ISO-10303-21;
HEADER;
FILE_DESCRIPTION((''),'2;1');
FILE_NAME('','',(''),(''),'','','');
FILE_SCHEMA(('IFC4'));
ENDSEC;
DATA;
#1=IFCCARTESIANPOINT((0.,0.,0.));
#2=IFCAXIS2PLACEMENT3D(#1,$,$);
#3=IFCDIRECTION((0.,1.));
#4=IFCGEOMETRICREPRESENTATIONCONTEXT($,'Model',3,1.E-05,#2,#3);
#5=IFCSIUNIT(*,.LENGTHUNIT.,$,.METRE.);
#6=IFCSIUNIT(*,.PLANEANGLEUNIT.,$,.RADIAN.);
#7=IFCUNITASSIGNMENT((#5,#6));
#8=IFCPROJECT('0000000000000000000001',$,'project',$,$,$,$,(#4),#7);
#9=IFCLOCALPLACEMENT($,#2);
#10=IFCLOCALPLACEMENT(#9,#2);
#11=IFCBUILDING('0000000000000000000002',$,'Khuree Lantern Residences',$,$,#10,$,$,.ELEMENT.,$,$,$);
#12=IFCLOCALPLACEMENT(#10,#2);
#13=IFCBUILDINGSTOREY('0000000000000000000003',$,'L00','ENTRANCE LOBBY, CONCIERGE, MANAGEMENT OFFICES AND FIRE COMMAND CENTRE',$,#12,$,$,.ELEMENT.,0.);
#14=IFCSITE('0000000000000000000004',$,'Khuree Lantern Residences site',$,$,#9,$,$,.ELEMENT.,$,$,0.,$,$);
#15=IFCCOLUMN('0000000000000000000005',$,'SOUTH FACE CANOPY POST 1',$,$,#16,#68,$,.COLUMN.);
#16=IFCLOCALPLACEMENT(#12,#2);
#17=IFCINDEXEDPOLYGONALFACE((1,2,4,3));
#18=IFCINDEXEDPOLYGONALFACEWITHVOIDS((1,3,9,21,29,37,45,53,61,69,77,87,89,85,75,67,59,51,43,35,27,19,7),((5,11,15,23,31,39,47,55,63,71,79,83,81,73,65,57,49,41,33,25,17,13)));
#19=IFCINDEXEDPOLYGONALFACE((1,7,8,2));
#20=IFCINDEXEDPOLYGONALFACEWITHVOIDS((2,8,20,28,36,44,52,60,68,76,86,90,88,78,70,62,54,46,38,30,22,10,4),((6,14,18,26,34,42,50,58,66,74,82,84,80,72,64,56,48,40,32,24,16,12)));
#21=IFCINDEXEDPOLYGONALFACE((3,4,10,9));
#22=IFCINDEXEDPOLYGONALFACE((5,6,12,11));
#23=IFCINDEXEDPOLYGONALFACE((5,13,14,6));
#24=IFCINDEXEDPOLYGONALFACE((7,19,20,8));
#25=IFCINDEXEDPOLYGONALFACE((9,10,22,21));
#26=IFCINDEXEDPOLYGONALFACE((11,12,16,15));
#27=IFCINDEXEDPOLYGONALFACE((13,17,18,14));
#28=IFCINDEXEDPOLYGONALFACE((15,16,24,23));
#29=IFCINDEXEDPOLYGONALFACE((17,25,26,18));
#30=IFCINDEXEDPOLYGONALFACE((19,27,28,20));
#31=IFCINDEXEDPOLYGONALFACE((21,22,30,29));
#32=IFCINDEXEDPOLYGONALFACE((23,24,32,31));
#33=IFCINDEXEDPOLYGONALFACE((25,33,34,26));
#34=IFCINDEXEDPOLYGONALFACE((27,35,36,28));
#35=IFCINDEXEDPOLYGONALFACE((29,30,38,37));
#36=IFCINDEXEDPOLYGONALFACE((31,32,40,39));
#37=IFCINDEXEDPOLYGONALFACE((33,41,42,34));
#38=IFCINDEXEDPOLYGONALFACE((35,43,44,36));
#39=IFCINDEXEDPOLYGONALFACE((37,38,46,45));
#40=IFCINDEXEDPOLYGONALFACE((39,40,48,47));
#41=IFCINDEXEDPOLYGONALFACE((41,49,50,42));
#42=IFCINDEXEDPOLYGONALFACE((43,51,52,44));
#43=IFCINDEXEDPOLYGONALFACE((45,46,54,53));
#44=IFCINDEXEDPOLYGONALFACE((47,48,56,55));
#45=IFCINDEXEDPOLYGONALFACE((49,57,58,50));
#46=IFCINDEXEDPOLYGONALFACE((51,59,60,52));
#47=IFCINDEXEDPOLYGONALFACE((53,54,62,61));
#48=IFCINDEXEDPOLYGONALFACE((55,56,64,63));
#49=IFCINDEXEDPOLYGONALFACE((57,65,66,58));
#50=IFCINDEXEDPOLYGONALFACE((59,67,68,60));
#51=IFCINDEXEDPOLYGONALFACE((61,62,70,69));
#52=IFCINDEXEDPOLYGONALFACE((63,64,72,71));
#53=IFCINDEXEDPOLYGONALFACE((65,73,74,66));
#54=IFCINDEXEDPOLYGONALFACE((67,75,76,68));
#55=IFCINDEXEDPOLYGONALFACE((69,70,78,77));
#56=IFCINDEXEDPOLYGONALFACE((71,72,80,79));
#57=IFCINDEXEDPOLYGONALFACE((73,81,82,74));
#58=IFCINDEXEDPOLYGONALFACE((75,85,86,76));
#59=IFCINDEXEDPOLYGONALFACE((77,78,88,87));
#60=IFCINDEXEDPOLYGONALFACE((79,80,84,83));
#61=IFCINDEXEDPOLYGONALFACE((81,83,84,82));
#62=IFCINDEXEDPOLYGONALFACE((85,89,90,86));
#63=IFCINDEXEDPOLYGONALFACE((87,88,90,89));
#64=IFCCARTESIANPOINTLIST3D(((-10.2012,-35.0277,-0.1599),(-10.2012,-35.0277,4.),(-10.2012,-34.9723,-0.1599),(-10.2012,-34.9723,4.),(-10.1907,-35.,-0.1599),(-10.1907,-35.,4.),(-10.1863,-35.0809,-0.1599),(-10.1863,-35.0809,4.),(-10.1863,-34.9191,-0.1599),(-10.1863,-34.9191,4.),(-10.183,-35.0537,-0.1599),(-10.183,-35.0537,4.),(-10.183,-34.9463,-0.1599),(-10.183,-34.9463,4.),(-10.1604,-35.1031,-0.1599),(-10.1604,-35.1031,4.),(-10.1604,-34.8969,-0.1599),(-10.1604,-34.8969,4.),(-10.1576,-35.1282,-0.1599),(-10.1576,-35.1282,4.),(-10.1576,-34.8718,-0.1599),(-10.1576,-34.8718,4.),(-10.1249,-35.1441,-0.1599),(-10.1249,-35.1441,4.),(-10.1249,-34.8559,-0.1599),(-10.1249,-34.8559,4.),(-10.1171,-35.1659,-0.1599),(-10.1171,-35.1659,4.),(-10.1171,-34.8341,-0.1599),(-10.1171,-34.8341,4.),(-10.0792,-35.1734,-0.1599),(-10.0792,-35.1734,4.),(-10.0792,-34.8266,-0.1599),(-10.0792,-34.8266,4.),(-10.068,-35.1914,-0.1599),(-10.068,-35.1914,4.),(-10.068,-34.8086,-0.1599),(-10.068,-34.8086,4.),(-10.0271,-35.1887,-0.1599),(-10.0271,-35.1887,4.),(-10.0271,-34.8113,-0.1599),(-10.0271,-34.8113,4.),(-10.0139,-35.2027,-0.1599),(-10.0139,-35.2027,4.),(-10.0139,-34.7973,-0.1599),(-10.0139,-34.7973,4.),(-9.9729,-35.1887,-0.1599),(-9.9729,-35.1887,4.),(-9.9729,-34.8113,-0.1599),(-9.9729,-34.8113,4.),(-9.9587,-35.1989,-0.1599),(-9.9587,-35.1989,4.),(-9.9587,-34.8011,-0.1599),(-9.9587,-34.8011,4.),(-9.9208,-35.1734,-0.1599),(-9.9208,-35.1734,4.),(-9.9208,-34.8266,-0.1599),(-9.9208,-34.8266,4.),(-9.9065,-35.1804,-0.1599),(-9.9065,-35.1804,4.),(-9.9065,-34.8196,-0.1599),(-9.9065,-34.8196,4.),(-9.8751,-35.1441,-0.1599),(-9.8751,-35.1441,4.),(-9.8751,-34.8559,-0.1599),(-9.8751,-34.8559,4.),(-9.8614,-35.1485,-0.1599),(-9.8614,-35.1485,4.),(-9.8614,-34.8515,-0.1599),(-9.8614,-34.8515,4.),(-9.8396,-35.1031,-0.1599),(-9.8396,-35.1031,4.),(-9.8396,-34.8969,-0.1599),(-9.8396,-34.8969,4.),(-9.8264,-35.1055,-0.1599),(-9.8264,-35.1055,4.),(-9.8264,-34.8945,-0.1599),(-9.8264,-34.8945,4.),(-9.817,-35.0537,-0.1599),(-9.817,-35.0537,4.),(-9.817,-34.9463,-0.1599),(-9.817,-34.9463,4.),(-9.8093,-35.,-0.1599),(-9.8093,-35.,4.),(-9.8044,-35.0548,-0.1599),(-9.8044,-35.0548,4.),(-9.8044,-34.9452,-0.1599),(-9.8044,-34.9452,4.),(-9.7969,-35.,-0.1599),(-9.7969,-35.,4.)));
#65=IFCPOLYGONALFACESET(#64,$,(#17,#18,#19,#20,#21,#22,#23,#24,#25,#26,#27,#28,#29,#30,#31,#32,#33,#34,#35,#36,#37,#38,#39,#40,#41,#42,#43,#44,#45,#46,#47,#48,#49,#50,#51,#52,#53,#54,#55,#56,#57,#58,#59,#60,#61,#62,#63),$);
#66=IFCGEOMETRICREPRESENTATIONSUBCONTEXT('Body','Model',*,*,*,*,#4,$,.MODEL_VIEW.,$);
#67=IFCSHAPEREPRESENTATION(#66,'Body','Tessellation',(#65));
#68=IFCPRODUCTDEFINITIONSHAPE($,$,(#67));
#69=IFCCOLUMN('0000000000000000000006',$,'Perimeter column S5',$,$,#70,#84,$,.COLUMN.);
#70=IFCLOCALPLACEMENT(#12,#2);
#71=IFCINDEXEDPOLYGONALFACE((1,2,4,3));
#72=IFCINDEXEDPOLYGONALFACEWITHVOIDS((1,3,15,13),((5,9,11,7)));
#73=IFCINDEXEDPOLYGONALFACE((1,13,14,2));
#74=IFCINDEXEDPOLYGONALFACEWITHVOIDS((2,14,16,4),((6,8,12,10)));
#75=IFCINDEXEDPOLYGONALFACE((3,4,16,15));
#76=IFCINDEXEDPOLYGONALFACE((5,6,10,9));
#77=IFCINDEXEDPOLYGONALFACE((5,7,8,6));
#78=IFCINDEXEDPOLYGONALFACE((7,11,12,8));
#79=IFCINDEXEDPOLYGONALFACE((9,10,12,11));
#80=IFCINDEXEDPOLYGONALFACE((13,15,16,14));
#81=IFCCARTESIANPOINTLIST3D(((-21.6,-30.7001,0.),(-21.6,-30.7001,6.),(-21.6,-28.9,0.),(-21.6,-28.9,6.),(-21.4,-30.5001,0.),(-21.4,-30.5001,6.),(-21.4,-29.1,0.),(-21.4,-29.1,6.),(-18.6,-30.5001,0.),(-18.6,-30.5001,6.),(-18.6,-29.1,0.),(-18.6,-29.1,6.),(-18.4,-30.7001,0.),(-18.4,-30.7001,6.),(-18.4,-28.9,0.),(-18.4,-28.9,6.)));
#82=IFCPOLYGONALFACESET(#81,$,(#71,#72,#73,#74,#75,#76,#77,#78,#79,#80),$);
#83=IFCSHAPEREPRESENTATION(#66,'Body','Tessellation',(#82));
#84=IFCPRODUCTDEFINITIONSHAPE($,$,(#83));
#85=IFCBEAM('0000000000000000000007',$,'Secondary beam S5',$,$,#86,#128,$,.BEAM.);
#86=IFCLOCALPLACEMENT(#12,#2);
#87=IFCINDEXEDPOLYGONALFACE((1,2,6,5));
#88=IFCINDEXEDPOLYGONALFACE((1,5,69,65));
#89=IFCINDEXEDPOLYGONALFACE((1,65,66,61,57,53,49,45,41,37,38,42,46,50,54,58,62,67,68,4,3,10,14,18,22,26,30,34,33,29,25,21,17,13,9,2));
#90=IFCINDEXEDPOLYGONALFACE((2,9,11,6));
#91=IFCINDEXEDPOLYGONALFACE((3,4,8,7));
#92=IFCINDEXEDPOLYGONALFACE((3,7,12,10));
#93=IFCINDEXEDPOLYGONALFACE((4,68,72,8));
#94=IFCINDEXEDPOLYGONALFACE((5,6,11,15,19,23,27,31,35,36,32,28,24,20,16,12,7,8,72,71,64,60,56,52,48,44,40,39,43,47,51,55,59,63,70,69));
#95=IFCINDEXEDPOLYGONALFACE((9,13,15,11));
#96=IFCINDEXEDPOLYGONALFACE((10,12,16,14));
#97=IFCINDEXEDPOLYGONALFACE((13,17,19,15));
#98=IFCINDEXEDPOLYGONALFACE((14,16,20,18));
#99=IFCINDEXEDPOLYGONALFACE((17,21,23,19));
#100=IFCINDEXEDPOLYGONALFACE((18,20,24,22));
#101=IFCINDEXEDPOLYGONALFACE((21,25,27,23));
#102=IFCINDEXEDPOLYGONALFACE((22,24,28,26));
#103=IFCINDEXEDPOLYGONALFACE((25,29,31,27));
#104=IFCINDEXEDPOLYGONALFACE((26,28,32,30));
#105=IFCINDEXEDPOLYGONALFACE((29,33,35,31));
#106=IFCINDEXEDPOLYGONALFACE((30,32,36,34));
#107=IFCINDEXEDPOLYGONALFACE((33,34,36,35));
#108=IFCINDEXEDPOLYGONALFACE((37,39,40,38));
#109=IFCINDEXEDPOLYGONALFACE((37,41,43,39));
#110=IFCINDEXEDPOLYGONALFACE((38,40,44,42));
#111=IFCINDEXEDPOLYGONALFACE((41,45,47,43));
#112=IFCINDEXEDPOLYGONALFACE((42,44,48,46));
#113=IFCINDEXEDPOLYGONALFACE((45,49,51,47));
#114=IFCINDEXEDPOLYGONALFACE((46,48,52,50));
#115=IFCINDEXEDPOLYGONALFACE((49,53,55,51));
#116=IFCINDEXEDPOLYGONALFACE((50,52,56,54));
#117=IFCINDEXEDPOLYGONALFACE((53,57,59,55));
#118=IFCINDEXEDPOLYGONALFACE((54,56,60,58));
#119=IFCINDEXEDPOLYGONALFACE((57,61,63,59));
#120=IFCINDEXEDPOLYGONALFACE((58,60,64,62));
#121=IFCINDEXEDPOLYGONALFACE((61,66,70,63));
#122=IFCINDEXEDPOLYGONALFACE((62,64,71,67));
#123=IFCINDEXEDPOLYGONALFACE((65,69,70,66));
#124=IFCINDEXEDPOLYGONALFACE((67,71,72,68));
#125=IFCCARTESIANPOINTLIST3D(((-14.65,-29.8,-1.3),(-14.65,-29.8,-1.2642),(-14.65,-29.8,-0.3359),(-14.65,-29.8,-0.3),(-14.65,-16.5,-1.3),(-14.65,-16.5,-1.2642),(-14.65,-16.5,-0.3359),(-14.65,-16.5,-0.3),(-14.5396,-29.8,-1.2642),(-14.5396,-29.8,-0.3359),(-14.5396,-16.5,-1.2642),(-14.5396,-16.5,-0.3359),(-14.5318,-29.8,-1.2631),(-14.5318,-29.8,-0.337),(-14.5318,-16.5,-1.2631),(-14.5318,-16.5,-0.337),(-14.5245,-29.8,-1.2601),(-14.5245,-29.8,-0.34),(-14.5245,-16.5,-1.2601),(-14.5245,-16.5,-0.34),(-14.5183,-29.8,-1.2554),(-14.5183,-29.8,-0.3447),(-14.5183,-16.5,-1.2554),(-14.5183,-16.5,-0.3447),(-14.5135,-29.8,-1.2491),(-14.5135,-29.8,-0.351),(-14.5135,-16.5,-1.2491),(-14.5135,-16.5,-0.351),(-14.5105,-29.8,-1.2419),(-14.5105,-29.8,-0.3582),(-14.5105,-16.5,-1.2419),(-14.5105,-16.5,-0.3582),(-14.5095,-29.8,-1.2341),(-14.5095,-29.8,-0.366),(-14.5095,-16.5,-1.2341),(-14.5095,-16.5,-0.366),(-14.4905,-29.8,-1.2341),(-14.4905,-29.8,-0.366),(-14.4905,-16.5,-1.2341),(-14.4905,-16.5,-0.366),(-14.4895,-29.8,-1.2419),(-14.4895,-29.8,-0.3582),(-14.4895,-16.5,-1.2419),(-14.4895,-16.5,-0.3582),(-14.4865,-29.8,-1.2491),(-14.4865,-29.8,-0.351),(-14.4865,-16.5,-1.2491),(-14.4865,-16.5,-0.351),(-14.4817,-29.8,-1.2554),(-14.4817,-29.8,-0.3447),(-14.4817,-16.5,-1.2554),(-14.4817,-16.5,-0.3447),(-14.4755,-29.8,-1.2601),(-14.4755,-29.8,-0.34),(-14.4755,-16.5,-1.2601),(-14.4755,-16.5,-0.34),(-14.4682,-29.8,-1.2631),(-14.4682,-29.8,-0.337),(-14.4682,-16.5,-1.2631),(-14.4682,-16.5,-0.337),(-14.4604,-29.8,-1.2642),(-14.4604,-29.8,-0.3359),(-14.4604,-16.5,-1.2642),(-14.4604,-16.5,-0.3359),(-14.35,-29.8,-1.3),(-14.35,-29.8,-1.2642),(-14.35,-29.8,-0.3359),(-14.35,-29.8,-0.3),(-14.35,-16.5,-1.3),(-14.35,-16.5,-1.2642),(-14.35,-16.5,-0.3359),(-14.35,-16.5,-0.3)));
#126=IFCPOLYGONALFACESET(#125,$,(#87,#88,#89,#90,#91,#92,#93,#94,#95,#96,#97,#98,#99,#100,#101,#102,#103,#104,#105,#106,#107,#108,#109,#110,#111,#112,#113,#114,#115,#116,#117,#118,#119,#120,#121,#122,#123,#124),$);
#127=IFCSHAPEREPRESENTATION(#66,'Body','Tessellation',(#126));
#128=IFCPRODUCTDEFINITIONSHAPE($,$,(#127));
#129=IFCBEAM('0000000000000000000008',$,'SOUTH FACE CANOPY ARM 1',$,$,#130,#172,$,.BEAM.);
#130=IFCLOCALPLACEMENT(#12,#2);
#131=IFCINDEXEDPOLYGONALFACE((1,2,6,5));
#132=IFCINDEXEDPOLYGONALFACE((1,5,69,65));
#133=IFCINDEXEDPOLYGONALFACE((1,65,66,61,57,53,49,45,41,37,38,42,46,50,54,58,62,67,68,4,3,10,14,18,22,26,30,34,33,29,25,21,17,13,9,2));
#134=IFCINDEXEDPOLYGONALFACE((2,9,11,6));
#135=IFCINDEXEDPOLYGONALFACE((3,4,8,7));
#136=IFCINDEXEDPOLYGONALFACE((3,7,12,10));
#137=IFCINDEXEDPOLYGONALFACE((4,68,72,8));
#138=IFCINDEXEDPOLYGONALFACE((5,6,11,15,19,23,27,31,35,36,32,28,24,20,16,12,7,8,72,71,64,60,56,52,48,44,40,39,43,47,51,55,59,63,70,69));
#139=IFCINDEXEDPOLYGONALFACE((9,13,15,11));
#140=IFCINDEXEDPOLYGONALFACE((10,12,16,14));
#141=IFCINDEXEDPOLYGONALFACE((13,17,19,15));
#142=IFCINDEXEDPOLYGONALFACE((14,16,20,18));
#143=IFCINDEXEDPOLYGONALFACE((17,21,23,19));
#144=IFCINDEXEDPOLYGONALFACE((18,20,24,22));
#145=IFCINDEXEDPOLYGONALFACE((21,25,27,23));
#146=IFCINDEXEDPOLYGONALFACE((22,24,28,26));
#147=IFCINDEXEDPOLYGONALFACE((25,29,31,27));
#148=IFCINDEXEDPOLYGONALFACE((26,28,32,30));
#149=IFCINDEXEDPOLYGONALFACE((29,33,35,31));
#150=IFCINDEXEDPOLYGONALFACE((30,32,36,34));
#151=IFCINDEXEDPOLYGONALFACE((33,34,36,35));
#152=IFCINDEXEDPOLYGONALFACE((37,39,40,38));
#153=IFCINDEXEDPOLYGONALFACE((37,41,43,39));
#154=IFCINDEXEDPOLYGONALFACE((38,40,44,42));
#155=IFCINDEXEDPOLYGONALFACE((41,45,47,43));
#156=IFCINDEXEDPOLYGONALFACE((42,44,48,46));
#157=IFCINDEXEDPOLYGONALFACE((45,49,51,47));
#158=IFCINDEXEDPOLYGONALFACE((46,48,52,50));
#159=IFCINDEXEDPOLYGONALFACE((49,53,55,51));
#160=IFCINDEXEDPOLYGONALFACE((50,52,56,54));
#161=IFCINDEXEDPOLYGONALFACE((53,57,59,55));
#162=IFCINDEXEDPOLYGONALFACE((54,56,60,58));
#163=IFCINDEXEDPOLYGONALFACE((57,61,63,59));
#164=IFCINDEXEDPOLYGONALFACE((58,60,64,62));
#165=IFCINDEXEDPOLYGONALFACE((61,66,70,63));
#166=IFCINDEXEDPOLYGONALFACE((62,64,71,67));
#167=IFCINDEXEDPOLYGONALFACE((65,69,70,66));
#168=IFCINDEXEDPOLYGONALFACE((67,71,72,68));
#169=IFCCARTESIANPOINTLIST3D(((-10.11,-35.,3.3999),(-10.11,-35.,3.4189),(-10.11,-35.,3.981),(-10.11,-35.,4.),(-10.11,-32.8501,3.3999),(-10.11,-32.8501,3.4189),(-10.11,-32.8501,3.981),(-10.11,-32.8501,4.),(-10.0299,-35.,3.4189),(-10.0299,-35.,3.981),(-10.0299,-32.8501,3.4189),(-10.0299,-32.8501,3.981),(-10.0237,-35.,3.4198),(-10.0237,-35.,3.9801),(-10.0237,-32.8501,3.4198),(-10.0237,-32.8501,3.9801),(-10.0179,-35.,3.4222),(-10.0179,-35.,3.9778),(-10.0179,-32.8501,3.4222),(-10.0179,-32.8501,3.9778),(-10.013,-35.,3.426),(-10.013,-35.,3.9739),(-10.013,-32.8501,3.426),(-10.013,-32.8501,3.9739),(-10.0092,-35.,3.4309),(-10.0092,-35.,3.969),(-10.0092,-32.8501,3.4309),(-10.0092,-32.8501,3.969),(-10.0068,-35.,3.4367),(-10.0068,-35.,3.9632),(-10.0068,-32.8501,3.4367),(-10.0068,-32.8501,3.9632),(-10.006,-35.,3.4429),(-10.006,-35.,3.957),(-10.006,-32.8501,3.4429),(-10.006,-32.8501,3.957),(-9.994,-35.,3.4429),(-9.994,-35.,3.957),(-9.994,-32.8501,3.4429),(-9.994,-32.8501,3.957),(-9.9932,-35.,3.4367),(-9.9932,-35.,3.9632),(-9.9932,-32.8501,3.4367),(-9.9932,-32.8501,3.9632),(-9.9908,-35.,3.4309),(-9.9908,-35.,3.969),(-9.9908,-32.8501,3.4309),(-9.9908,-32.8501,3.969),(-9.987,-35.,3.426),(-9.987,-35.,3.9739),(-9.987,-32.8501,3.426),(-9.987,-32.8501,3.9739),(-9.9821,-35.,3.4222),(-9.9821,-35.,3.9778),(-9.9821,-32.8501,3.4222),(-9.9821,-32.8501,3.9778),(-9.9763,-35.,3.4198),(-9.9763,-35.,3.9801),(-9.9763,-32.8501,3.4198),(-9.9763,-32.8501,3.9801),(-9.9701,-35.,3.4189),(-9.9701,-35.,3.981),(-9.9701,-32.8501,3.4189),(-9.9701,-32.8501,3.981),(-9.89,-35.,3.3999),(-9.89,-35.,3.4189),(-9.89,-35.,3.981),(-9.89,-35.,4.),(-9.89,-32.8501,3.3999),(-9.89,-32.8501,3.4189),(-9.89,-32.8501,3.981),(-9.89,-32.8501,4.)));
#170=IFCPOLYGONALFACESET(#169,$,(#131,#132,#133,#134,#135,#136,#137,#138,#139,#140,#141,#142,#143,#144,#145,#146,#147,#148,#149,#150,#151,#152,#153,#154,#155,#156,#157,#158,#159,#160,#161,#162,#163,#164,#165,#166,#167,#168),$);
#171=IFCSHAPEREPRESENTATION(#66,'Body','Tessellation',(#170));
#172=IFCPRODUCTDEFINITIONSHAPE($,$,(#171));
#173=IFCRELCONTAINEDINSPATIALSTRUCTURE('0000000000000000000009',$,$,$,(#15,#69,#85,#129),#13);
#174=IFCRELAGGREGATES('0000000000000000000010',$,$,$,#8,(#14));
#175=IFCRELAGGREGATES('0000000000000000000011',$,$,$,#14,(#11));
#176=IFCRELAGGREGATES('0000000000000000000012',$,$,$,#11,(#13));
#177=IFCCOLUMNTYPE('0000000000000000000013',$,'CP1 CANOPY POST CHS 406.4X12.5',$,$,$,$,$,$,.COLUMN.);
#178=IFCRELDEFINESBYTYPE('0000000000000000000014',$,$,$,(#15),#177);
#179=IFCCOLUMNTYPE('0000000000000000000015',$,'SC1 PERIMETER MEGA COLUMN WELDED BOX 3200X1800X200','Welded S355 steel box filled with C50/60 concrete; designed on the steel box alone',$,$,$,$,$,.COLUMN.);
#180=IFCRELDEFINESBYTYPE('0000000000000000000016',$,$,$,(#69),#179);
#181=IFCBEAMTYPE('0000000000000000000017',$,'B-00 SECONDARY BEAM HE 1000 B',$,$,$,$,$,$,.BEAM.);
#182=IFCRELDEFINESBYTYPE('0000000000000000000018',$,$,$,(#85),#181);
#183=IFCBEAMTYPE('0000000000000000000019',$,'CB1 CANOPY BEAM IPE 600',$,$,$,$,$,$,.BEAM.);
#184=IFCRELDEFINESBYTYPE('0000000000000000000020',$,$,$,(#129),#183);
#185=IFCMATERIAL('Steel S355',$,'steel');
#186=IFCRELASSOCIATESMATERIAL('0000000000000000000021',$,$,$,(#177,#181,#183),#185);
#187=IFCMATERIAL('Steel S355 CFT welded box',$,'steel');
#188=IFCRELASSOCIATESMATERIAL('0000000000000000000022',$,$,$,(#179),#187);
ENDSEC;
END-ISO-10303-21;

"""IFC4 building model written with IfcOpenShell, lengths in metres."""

from ifc_helpers import new_model, si_unit, direction, frame, origin, origin_2d, place, context, subcontext, project, spatial, hollow_rectangle, hollow_circle, i_section, extrude, material, material_profile, profile_set, type_object, element, save


model = new_model("IFC4")

# Units and contexts
model_context = context("Model", 3, precision=1e-05, world=origin(), true_north=direction((0.0, 1.0)))
body_context = subcontext(model_context, "Body", "Model", "MODEL_VIEW")
ifc_project = project(units=[si_unit("LENGTHUNIT", "METRE"), si_unit("PLANEANGLEUNIT", "RADIAN")], contexts=[model_context])

# Site, building, storey
site_placement = place(None, origin())
site = spatial("IfcSite", under=ifc_project, at=site_placement, Name="Khuree Lantern Residences site", CompositionType="ELEMENT", RefElevation=0.0)
building_placement = place(site_placement, origin())
building = spatial("IfcBuilding", under=site, at=building_placement, Name="Khuree Lantern Residences", CompositionType="ELEMENT")
storey_placement = place(building_placement, origin())
storey = spatial("IfcBuildingStorey", under=building, at=storey_placement, Name="L00", Description="ENTRANCE LOBBY, CONCIERGE, MANAGEMENT OFFICES AND FIRE COMMAND CENTRE", CompositionType="ELEMENT", Elevation=0.0)

# Columns
ifc_material_1 = material(Name="Steel S355", Category="steel")
ifc_material_profile_1 = material_profile(ifc_material_1, hollow_circle(Radius=0.2031, WallThickness=0.0125, at=origin_2d()), Name="CHS 406.4X12.5")
ifc_profile_set_1 = profile_set([ifc_material_profile_1], Name="Steel S355")
column_type_1 = type_object("IfcColumnType", Name="CP1 CANOPY POST CHS 406.4X12.5", PredefinedType="COLUMN", material=ifc_profile_set_1)
column_1_placement = place(storey_placement, frame((-10.0, -35.0, -0.1599), z_axis=(0.0, 0.0, 1.0), x_axis=(1.0, 0.0, 0.0)))
element("IfcColumn", 1, at=column_1_placement, inside=storey, type_object=column_type_1, Name="SOUTH FACE CANOPY POST 1", PredefinedType="COLUMN", context=body_context, shape_type="SweptSolid", body=[
    extrude(hollow_circle(Radius=0.2031, WallThickness=0.0125, at=origin_2d()), origin(), (0.0, 0.0, 1.0), 4.1599),
])
ifc_material_2 = material(Name="Steel S355 CFT welded box", Category="steel")
ifc_material_profile_2 = material_profile(ifc_material_2, hollow_rectangle(XDim=3.2, YDim=1.8, WallThickness=0.2, at=origin_2d()), Name="WELDED BOX 3200X1800X200")
ifc_profile_set_2 = profile_set([ifc_material_profile_2], Name="Steel S355 CFT welded box")
column_type_2 = type_object("IfcColumnType", Name="SC1 PERIMETER MEGA COLUMN WELDED BOX 3200X1800X200", Description="Welded S355 steel box filled with C50/60 concrete; designed on the steel box alone", PredefinedType="COLUMN", material=ifc_profile_set_2)
column_2_placement = place(storey_placement, frame((-20.0, -29.8, 0.0), z_axis=(0.0, 0.0, 1.0), x_axis=(1.0, 0.0, 0.0)))
element("IfcColumn", 2, at=column_2_placement, inside=storey, type_object=column_type_2, Name="Perimeter column S5", PredefinedType="COLUMN", context=body_context, shape_type="SweptSolid", body=[
    extrude(hollow_rectangle(XDim=3.2, YDim=1.8, WallThickness=0.2, at=origin_2d()), origin(), (0.0, 0.0, 1.0), 6.0),
])

# Beams
ifc_material_profile_3 = material_profile(ifc_material_1, i_section(OverallWidth=0.3, OverallDepth=1.0, WebThickness=0.019, FlangeThickness=0.0359, FilletRadius=0.03, at=origin_2d()), Name="HE 1000 B")
ifc_profile_set_3 = profile_set([ifc_material_profile_3], Name="Steel S355")
beam_type_1 = type_object("IfcBeamType", Name="B-00 SECONDARY BEAM HE 1000 B", PredefinedType="BEAM", material=ifc_profile_set_3)
beam_1_placement = place(storey_placement, frame((-14.5, -29.8, -0.8), z_axis=(0.0, 1.0, 0.0), x_axis=(-1.0, 0.0, 0.0)))
element("IfcBeam", 3, at=beam_1_placement, inside=storey, type_object=beam_type_1, Name="Secondary beam S5", PredefinedType="BEAM", context=body_context, shape_type="SweptSolid", body=[
    extrude(i_section(OverallWidth=0.3, OverallDepth=1.0, WebThickness=0.019, FlangeThickness=0.0359, FilletRadius=0.03, at=origin_2d()), origin(), (0.0, 0.0, 1.0), 13.3),
])
ifc_material_profile_4 = material_profile(ifc_material_1, i_section(OverallWidth=0.22, OverallDepth=0.6001, WebThickness=0.012, FlangeThickness=0.019, FilletRadius=0.0239, at=origin_2d()), Name="IPE 600")
ifc_profile_set_4 = profile_set([ifc_material_profile_4], Name="Steel S355")
beam_type_2 = type_object("IfcBeamType", Name="CB1 CANOPY BEAM IPE 600", PredefinedType="BEAM", material=ifc_profile_set_4)
beam_2_placement = place(storey_placement, frame((-10.0, -35.0, 3.7), z_axis=(0.0, 1.0, 0.0), x_axis=(-1.0, 0.0, 0.0)))
element("IfcBeam", 4, at=beam_2_placement, inside=storey, type_object=beam_type_2, Name="SOUTH FACE CANOPY ARM 1", PredefinedType="BEAM", context=body_context, shape_type="SweptSolid", body=[
    extrude(i_section(OverallWidth=0.22, OverallDepth=0.6001, WebThickness=0.012, FlangeThickness=0.019, FilletRadius=0.0239, at=origin_2d()), origin(), (0.0, 0.0, 1.0), 2.1499),
])

save(model, "model.ifc")
